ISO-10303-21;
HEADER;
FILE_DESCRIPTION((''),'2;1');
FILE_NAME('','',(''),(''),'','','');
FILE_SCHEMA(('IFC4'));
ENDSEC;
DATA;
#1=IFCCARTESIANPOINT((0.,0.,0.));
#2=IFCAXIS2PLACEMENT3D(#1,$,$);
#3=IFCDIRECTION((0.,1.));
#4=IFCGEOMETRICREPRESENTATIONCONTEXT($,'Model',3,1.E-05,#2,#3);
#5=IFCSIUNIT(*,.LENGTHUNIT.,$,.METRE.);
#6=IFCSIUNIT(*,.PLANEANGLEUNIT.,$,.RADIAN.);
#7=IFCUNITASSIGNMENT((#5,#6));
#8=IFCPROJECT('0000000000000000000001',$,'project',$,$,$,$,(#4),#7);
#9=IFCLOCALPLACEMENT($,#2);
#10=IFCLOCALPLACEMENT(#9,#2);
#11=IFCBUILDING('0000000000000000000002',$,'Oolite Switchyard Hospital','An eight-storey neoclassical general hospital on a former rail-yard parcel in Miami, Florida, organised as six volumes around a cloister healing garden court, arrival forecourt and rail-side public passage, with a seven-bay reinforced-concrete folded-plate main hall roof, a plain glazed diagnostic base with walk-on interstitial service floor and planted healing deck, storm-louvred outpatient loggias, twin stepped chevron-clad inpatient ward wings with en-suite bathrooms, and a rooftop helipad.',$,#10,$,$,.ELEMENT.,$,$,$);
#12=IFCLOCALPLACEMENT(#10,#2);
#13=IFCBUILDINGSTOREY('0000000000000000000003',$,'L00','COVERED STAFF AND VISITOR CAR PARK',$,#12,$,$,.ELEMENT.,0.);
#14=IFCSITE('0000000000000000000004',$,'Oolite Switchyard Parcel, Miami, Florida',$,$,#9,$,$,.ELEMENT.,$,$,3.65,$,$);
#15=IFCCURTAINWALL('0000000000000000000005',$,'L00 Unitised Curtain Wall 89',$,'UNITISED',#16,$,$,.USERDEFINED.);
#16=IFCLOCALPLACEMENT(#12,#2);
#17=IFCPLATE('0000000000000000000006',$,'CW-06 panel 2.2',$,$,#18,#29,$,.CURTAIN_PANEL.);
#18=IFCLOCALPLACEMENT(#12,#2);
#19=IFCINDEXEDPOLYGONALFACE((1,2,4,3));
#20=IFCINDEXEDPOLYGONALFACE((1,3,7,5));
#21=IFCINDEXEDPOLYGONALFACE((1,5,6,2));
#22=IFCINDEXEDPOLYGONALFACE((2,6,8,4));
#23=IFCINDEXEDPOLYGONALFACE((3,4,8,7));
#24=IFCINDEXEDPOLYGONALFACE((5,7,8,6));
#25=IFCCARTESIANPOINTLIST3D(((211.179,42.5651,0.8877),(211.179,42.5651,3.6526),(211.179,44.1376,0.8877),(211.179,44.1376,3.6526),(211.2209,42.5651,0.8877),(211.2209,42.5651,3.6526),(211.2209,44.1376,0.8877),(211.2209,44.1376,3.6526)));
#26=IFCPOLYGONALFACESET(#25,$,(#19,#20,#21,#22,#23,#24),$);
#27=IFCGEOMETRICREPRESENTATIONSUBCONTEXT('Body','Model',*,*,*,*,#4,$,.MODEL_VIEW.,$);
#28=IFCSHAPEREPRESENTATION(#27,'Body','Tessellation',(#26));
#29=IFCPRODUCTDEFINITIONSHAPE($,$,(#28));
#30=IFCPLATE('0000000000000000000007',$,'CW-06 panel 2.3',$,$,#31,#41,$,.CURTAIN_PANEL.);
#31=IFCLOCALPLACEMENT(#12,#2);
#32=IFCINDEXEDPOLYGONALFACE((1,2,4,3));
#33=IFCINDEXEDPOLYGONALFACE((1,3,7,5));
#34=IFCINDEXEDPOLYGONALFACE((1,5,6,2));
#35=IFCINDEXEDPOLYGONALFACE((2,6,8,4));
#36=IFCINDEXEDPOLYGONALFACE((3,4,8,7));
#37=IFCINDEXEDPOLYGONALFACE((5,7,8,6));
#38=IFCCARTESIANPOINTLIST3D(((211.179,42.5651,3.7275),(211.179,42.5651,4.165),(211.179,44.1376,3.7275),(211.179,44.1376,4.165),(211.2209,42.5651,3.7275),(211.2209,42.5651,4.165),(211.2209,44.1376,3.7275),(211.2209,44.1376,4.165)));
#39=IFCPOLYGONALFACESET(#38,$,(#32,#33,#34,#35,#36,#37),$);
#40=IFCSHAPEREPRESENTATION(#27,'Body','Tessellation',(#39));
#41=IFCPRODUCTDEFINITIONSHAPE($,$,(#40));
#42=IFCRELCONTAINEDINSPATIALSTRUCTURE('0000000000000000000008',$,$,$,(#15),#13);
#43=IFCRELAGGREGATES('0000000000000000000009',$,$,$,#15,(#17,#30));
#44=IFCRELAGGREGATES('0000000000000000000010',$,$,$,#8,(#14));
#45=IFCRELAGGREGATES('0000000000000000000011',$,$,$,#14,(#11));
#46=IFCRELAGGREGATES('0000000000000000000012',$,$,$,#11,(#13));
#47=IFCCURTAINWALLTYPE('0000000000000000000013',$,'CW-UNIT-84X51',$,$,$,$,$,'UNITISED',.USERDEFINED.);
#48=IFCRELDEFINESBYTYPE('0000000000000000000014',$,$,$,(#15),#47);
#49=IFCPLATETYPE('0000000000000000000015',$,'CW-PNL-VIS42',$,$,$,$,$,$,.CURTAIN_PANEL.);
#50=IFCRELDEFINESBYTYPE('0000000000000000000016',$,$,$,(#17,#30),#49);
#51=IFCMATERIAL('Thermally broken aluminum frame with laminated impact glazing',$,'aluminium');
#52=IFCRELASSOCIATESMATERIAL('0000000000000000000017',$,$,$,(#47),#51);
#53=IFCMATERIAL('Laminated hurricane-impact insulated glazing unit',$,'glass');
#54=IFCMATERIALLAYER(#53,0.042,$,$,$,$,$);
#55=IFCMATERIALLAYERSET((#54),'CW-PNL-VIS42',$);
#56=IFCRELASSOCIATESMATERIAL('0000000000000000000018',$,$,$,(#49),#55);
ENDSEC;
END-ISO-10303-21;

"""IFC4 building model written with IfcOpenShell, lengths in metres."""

from ifc_helpers import new_model, si_unit, direction, frame, origin, origin_2d, place, context, subcontext, project, spatial, rectangle, extrude, material, layer, layer_set, type_object, element, aggregate, save


model = new_model("IFC4")

# Units and contexts
model_context = context("Model", 3, precision=1e-05, world=origin(), true_north=direction((0.0, 1.0)))
body_context = subcontext(model_context, "Body", "Model", "MODEL_VIEW")
ifc_project = project(units=[si_unit("LENGTHUNIT", "METRE"), si_unit("PLANEANGLEUNIT", "RADIAN")], contexts=[model_context])

# Site, building, storey
site_placement = place(None, origin())
site = spatial("IfcSite", under=ifc_project, at=site_placement, Name="Oolite Switchyard Parcel, Miami, Florida", CompositionType="ELEMENT", RefElevation=3.65)
building_placement = place(site_placement, origin())
building = spatial("IfcBuilding", under=site, at=building_placement, Name="Oolite Switchyard Hospital", Description="An eight-storey neoclassical general hospital on a former rail-yard parcel in Miami, Florida, organised as six volumes around a cloister healing garden court, arrival forecourt and rail-side public passage, with a seven-bay reinforced-concrete folded-plate main hall roof, a plain glazed diagnostic base with walk-on interstitial service floor and planted healing deck, storm-louvred outpatient loggias, twin stepped chevron-clad inpatient ward wings with en-suite bathrooms, and a rooftop helipad.", CompositionType="ELEMENT")
storey_placement = place(building_placement, origin())
storey = spatial("IfcBuildingStorey", under=building, at=storey_placement, Name="L00", Description="COVERED STAFF AND VISITOR CAR PARK", CompositionType="ELEMENT", Elevation=0.0)

# Shared definitions
ifc_material_1 = material(Name="Thermally broken aluminum frame with laminated impact glazing", Category="aluminium")
curtain_wall_type = type_object("IfcCurtainWallType", Name="CW-UNIT-84X51", ElementType="UNITISED", PredefinedType="USERDEFINED", material=ifc_material_1)

# Curtain wall
curtain_wall_1_placement = place(storey_placement, origin())
curtain_wall_1 = element("IfcCurtainWall", 1, at=curtain_wall_1_placement, inside=storey, type_object=curtain_wall_type, Name="L00 Unitised Curtain Wall 89", ObjectType="UNITISED", PredefinedType="USERDEFINED")

# Plates
ifc_material_2 = material(Name="Laminated hurricane-impact insulated glazing unit", Category="glass")
ifc_layer_1 = layer(ifc_material_2, 0.042)
ifc_layer_set_1 = layer_set([ifc_layer_1], Name="CW-PNL-VIS42")
plate_type_1 = type_object("IfcPlateType", Name="CW-PNL-VIS42", PredefinedType="CURTAIN_PANEL", material=ifc_layer_set_1)
plate_1_placement = place(storey_placement, frame((211.2, 43.3513, 0.8877), z_axis=(0.0, 0.0, 1.0), x_axis=(0.0, -1.0, 0.0)))
plate_1 = element("IfcPlate", 2, at=plate_1_placement, type_object=plate_type_1, Name="CW-06 panel 2.2", PredefinedType="CURTAIN_PANEL", context=body_context, shape_type="SweptSolid", body=[
    extrude(rectangle(XDim=1.5725, YDim=0.042, at=origin_2d()), origin(), (0.0, 0.0, 1.0), 2.7649),
])
plate_2_placement = place(storey_placement, frame((211.2, 43.3513, 3.7275), z_axis=(0.0, 0.0, 1.0), x_axis=(0.0, -1.0, 0.0)))
plate_2 = element("IfcPlate", 3, at=plate_2_placement, type_object=plate_type_1, Name="CW-06 panel 2.3", PredefinedType="CURTAIN_PANEL", context=body_context, shape_type="SweptSolid", body=[
    extrude(rectangle(XDim=1.5725, YDim=0.042, at=origin_2d()), origin(), (0.0, 0.0, 1.0), 0.4375),
])
aggregate(curtain_wall_1, [plate_1, plate_2])

save(model, "model.ifc")
